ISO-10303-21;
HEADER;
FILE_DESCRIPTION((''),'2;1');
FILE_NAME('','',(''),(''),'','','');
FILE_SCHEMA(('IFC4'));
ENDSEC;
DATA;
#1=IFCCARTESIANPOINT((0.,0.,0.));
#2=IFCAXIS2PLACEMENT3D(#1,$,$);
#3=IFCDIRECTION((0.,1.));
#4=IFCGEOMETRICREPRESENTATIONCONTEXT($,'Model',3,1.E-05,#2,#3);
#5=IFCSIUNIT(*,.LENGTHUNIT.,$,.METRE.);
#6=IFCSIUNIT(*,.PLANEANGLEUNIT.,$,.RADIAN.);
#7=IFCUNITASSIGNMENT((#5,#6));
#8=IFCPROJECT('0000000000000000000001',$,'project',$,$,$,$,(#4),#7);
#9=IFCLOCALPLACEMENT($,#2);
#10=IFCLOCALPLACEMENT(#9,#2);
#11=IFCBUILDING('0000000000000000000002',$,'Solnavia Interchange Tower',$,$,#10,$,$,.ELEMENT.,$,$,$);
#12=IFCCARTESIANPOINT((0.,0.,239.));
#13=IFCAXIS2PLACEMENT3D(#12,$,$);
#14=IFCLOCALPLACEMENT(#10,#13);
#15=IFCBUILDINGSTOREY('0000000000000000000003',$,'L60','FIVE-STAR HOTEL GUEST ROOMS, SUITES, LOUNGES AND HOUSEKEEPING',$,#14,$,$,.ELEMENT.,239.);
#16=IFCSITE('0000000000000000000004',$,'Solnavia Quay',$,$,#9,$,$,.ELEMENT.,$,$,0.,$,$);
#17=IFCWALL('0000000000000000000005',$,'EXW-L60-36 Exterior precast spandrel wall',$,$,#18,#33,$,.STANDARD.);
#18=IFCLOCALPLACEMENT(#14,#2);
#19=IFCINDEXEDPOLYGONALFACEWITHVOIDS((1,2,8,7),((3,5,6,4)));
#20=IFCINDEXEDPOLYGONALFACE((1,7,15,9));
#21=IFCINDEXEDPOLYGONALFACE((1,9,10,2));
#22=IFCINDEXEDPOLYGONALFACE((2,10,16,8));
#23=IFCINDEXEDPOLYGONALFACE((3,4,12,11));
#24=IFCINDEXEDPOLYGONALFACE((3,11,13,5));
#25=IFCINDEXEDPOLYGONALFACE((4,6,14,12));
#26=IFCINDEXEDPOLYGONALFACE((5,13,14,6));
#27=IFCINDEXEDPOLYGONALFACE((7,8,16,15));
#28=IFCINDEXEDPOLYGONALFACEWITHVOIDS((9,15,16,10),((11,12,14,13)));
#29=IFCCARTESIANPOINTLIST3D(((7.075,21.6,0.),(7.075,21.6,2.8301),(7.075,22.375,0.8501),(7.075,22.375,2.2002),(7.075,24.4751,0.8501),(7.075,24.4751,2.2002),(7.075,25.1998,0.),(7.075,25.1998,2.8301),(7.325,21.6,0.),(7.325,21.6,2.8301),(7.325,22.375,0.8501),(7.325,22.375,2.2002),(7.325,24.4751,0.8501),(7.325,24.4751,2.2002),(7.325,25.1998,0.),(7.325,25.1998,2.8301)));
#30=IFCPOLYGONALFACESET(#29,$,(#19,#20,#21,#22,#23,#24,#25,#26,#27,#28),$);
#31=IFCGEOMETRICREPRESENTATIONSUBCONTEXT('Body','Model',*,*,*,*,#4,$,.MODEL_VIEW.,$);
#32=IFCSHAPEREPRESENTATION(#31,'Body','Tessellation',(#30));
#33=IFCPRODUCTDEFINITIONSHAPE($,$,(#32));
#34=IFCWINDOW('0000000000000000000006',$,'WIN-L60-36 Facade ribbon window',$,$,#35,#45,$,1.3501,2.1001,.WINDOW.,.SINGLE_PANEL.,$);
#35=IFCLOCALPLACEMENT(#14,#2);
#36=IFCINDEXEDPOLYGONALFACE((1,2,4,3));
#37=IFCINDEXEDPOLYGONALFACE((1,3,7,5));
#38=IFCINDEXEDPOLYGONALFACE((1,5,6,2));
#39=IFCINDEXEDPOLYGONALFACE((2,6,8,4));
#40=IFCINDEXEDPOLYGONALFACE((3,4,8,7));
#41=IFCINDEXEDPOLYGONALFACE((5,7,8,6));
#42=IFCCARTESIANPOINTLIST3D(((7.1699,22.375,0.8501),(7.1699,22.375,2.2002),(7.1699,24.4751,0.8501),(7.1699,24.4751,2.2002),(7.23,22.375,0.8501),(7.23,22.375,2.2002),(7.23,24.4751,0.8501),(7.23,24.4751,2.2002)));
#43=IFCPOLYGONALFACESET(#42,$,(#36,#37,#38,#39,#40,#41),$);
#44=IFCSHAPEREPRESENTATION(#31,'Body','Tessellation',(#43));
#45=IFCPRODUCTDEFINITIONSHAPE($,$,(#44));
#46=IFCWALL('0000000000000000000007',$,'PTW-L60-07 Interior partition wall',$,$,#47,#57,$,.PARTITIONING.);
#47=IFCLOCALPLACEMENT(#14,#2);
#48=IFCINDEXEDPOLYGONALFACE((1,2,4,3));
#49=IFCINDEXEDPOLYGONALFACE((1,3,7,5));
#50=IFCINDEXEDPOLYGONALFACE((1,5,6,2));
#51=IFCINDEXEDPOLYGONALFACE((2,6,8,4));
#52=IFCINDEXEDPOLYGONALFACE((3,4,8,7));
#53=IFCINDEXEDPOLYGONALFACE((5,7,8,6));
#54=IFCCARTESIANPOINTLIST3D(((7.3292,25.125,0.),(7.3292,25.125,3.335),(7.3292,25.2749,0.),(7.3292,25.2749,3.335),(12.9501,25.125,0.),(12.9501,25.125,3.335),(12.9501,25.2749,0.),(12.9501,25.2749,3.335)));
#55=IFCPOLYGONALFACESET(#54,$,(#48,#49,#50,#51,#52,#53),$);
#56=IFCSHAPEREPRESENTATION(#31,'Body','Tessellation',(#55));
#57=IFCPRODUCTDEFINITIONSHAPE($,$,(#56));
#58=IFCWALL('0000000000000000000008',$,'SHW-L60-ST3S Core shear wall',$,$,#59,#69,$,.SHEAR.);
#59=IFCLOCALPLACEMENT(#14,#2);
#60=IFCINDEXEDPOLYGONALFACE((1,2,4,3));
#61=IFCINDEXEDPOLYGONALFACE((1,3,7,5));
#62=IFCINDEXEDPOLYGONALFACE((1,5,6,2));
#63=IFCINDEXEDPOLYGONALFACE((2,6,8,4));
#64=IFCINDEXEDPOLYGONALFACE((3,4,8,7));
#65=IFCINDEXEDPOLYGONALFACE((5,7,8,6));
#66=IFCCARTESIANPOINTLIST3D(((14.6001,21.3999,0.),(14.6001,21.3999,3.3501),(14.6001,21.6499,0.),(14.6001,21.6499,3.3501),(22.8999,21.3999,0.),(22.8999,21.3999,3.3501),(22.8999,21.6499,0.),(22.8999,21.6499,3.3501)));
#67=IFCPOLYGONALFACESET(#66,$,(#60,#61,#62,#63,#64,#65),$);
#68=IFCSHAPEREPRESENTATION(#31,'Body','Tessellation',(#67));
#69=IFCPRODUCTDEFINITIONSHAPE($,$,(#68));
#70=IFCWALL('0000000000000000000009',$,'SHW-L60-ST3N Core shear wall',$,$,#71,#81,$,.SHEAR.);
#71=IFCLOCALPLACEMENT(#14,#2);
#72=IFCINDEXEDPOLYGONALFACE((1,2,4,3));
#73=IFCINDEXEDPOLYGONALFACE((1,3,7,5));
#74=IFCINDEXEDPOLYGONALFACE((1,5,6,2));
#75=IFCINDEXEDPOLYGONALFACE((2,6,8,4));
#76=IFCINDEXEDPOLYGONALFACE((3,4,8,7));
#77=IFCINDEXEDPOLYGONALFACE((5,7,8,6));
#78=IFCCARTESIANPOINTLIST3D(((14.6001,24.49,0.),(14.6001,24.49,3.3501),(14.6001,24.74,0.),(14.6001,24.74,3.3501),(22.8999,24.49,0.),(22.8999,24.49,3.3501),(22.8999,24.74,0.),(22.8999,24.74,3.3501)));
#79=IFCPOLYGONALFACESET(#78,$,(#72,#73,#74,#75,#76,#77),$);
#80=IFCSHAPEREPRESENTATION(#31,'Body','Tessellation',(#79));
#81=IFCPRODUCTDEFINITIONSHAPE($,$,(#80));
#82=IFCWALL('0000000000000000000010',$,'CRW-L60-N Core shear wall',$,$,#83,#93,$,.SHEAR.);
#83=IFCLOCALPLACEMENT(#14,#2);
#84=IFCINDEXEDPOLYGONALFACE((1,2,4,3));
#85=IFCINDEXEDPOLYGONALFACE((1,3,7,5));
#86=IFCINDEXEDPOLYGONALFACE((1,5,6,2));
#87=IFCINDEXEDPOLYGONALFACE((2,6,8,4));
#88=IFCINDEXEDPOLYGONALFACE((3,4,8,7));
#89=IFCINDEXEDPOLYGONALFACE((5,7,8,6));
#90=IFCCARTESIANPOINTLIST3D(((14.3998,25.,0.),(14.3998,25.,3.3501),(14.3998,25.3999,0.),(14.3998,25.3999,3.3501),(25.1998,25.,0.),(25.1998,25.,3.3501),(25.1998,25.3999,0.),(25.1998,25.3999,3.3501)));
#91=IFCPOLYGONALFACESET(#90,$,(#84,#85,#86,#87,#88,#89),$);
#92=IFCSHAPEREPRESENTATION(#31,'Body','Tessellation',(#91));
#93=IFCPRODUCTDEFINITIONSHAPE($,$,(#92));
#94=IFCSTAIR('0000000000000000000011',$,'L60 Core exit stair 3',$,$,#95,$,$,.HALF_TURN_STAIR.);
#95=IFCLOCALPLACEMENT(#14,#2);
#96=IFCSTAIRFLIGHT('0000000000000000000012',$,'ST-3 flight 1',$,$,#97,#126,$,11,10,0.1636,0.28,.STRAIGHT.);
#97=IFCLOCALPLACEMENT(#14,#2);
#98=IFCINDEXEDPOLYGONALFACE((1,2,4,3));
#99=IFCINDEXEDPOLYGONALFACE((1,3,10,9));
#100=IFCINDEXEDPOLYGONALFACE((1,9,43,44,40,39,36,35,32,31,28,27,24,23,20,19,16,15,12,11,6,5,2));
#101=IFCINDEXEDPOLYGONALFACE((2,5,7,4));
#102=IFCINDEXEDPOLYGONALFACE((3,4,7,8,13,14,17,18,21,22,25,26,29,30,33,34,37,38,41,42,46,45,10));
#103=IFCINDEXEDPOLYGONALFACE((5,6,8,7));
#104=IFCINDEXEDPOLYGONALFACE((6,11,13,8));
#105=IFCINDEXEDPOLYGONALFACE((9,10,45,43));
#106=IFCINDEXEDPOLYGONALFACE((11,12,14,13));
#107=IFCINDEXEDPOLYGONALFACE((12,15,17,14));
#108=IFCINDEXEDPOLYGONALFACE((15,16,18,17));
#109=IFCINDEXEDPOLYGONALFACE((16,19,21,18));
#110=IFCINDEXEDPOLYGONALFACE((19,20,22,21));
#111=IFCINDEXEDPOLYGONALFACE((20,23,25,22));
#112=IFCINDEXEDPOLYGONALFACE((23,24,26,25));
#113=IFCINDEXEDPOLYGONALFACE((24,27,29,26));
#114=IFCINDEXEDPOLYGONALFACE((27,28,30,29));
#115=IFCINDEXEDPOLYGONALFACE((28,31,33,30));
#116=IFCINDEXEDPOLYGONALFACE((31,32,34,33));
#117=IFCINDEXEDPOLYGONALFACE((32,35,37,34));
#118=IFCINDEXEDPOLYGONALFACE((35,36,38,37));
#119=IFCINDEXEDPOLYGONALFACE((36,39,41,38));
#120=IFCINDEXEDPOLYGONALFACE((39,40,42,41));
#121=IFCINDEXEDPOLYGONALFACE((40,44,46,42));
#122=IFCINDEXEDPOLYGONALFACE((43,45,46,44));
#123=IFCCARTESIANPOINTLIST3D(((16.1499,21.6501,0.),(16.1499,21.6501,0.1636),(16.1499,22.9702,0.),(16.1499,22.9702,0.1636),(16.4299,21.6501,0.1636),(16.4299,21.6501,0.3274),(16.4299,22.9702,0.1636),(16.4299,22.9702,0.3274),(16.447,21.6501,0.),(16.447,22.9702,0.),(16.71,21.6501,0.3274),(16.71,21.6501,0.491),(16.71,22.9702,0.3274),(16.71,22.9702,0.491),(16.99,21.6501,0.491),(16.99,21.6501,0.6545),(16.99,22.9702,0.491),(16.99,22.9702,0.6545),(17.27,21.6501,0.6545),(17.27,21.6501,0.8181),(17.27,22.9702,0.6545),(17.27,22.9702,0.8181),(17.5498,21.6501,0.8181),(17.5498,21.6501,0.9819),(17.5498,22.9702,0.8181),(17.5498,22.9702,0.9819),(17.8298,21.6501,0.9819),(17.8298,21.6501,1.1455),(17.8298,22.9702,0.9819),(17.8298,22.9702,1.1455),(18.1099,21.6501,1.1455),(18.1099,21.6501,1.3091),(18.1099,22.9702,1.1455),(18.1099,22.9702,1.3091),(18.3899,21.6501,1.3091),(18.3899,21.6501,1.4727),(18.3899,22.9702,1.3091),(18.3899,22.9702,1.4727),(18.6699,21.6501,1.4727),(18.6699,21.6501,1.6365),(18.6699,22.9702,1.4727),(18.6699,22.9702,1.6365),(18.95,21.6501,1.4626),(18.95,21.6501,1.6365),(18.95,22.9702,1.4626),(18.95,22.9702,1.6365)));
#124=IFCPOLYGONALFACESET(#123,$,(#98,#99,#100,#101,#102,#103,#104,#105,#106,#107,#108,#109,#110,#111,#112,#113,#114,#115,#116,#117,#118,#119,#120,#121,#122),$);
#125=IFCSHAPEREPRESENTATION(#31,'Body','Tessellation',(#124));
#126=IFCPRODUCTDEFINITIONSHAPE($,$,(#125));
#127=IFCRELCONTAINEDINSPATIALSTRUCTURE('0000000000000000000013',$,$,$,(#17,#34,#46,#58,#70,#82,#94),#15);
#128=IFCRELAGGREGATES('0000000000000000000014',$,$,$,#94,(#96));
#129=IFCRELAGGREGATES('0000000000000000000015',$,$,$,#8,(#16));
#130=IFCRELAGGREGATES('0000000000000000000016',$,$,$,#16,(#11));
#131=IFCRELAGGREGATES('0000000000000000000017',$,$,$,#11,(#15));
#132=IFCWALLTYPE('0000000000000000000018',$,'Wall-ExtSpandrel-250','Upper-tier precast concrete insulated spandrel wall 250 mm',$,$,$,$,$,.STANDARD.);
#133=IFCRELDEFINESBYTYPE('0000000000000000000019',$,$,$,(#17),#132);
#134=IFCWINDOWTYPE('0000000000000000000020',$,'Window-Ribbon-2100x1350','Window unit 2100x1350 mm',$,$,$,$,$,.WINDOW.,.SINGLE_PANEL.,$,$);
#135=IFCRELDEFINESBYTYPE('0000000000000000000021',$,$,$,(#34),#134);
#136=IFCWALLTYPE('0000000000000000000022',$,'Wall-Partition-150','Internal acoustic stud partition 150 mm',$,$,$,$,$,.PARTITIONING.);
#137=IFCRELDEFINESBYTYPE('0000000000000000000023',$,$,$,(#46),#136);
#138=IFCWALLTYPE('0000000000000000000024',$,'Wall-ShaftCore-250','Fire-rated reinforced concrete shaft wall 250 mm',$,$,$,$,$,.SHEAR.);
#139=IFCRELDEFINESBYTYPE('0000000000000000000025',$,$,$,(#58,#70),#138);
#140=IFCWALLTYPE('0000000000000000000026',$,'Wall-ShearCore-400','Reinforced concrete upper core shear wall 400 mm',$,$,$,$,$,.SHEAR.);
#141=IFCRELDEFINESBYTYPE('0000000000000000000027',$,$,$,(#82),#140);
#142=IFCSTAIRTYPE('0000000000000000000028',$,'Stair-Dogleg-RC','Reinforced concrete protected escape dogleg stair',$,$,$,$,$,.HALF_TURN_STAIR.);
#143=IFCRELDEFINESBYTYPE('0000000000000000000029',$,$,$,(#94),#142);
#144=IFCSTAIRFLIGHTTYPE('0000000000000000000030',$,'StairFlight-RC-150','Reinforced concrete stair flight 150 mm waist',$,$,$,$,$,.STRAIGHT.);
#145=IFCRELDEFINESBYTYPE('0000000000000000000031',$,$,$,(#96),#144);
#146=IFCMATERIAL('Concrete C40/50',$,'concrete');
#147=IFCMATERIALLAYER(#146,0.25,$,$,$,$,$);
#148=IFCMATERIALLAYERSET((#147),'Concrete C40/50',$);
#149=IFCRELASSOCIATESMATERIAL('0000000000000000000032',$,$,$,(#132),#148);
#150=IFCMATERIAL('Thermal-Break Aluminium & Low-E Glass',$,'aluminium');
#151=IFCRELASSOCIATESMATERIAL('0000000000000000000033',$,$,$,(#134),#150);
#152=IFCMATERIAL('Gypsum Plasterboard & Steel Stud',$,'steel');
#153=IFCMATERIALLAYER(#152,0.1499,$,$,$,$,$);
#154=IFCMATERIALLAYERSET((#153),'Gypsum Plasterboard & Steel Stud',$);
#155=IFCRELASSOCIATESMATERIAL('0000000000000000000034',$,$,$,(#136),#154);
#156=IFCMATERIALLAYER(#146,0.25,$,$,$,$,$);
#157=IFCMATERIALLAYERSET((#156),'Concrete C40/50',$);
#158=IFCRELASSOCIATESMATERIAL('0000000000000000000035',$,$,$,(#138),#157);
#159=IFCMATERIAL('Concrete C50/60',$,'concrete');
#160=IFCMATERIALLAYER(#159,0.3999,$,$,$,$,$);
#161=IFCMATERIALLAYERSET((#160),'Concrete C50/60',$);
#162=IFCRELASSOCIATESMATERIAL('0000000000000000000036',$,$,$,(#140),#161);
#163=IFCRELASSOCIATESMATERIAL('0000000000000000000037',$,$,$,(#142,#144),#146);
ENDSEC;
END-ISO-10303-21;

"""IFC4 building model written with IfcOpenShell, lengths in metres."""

from ifc_helpers import new_model, si_unit, direction, frame, frame_2d, origin, place, context, subcontext, project, spatial, polyline, rectangle, outline, extrude, material, layer, layer_set, type_object, element, fill, aggregate, save


model = new_model("IFC4")

# Units and contexts
model_context = context("Model", 3, precision=1e-05, world=origin(), true_north=direction((0.0, 1.0)))
body_context = subcontext(model_context, "Body", "Model", "MODEL_VIEW")
ifc_project = project(units=[si_unit("LENGTHUNIT", "METRE"), si_unit("PLANEANGLEUNIT", "RADIAN")], contexts=[model_context])

# Site, building, storey
site_placement = place(None, origin())
site = spatial("IfcSite", under=ifc_project, at=site_placement, Name="Solnavia Quay", CompositionType="ELEMENT", RefElevation=0.0)
building_placement = place(site_placement, origin())
building = spatial("IfcBuilding", under=site, at=building_placement, Name="Solnavia Interchange Tower", CompositionType="ELEMENT")
storey_placement = place(building_placement, frame((0.0, 0.0, 239.0)))
storey = spatial("IfcBuildingStorey", under=building, at=storey_placement, Name="L60", Description="FIVE-STAR HOTEL GUEST ROOMS, SUITES, LOUNGES AND HOUSEKEEPING", CompositionType="ELEMENT", Elevation=239.0)

# Shared definitions
ifc_material_1 = material(Name="Concrete C50/60", Category="concrete")

# Shared definitions
ifc_material_2 = material(Name="Concrete C40/50", Category="concrete")
ifc_layer_1 = layer(ifc_material_2, 0.25)
ifc_layer_set_1 = layer_set([ifc_layer_1], Name="Concrete C40/50")
wall_type_1 = type_object("IfcWallType", Name="Wall-ExtSpandrel-250", Description="Upper-tier precast concrete insulated spandrel wall 250 mm", PredefinedType="STANDARD", material=ifc_layer_set_1)

# Wall, opening, window
wall_1_placement = place(storey_placement, frame((7.2, 21.6001, 0.0), z_axis=(0.0, 0.0, 1.0), x_axis=(0.0, 1.0, 0.0)))
wall_1 = element("IfcWall", 1, at=wall_1_placement, inside=storey, type_object=wall_type_1, Name="EXW-L60-36 Exterior precast spandrel wall", PredefinedType="STANDARD", context=body_context, shape_type="SweptSolid", body=[
    extrude(rectangle(XDim=3.5999, YDim=0.25, at=frame_2d((1.7998, 0.0))), origin(), (0.0, 0.0, 1.0), 2.8301),
])
opening_placement = place(wall_1_placement, frame((0.7749, 0.0, 0.8501)))
opening = element("IfcOpeningElement", 2, at=opening_placement, cuts=wall_1, PredefinedType="OPENING", context=body_context, shape_type="SweptSolid", body=[
    extrude(rectangle(XDim=2.1001, YDim=1.3501, at=frame_2d((1.05, 0.675))), frame((0.0, 0.135, 0.0), z_axis=(0.0, -1.0, 0.0), x_axis=(1.0, 0.0, 0.0)), (0.0, 0.0, 1.0), 0.27),
])
ifc_material_3 = material(Name="Thermal-Break Aluminium & Low-E Glass", Category="aluminium")
window_type = type_object("IfcWindowType", Name="Window-Ribbon-2100x1350", Description="Window unit 2100x1350 mm", PartitioningType="SINGLE_PANEL", PredefinedType="WINDOW", material=ifc_material_3)
window_placement = place(opening_placement, origin())
window = element("IfcWindow", 3, at=window_placement, inside=storey, type_object=window_type, Name="WIN-L60-36 Facade ribbon window", OverallHeight=1.3501, OverallWidth=2.1001, PartitioningType="SINGLE_PANEL", PredefinedType="WINDOW", context=body_context, shape_type="SweptSolid", body=[
    extrude(rectangle(XDim=2.1001, YDim=1.3501, at=frame_2d((1.05, 0.675))), frame((0.0, 0.03, 0.0), z_axis=(0.0, -1.0, 0.0), x_axis=(1.0, 0.0, 0.0)), (0.0, 0.0, 1.0), 0.0601),
])
fill(opening, window)

# Walls
ifc_material_4 = material(Name="Gypsum Plasterboard & Steel Stud", Category="steel")
ifc_layer_2 = layer(ifc_material_4, 0.1499)
ifc_layer_set_2 = layer_set([ifc_layer_2], Name="Gypsum Plasterboard & Steel Stud")
wall_type_2 = type_object("IfcWallType", Name="Wall-Partition-150", Description="Internal acoustic stud partition 150 mm", PredefinedType="PARTITIONING", material=ifc_layer_set_2)
wall_2_placement = place(storey_placement, frame((7.3291, 25.2, 0.0), z_axis=(0.0, 0.0, 1.0), x_axis=(1.0, 0.0, 0.0)))
element("IfcWall", 4, at=wall_2_placement, inside=storey, type_object=wall_type_2, Name="PTW-L60-07 Interior partition wall", PredefinedType="PARTITIONING", context=body_context, shape_type="SweptSolid", body=[
    extrude(rectangle(XDim=5.6208, YDim=0.1499, at=frame_2d((2.8105, 0.0))), origin(), (0.0, 0.0, 1.0), 3.335),
])
ifc_layer_3 = layer(ifc_material_2, 0.25)
ifc_layer_set_3 = layer_set([ifc_layer_3], Name="Concrete C40/50")
wall_type_3 = type_object("IfcWallType", Name="Wall-ShaftCore-250", Description="Fire-rated reinforced concrete shaft wall 250 mm", PredefinedType="SHEAR", material=ifc_layer_set_3)
for number, where, z_axis, x_axis, name in (
    (5, (14.6001, 21.5249, 0.0), (0.0, 0.0, 1.0), (1.0, 0.0, 0.0), "SHW-L60-ST3S Core shear wall"),
    (6, (14.6001, 24.615, 0.0), (0.0, 0.0, 1.0), (1.0, 0.0, 0.0), "SHW-L60-ST3N Core shear wall"),
):
    element("IfcWall", number, at=place(storey_placement, frame(where, z_axis=z_axis, x_axis=x_axis)), inside=storey, type_object=wall_type_3, Name=name, PredefinedType="SHEAR", context=body_context, shape_type="SweptSolid", body=[
        extrude(rectangle(XDim=8.2998, YDim=0.25, at=frame_2d((4.1499, 0.0))), origin(), (0.0, 0.0, 1.0), 3.3501),
    ])
ifc_layer_4 = layer(ifc_material_1, 0.3999)
ifc_layer_set_4 = layer_set([ifc_layer_4], Name="Concrete C50/60")
wall_type_4 = type_object("IfcWallType", Name="Wall-ShearCore-400", Description="Reinforced concrete upper core shear wall 400 mm", PredefinedType="SHEAR", material=ifc_layer_set_4)
wall_3_placement = place(storey_placement, frame((14.3999, 25.2, 0.0), z_axis=(0.0, 0.0, 1.0), x_axis=(1.0, 0.0, 0.0)))
element("IfcWall", 7, at=wall_3_placement, inside=storey, type_object=wall_type_4, Name="CRW-L60-N Core shear wall", PredefinedType="SHEAR", context=body_context, shape_type="SweptSolid", body=[
    extrude(rectangle(XDim=10.8, YDim=0.3999, at=frame_2d((5.3999, 0.0))), origin(), (0.0, 0.0, 1.0), 3.3501),
])

# Stair, stair flight
stair_type = type_object("IfcStairType", Name="Stair-Dogleg-RC", Description="Reinforced concrete protected escape dogleg stair", PredefinedType="HALF_TURN_STAIR", material=ifc_material_2)
stair_placement = place(storey_placement, origin())
stair = element("IfcStair", 8, at=stair_placement, inside=storey, type_object=stair_type, Name="L60 Core exit stair 3", PredefinedType="HALF_TURN_STAIR")
stair_flight_type = type_object("IfcStairFlightType", Name="StairFlight-RC-150", Description="Reinforced concrete stair flight 150 mm waist", PredefinedType="STRAIGHT", material=ifc_material_2)
stair_flight_placement = place(storey_placement, frame((16.1499, 22.3101, 0.0), z_axis=(0.0, 0.0, 1.0), x_axis=(1.0, 0.0, 0.0)))
stair_flight = element("IfcStairFlight", 9, at=stair_flight_placement, type_object=stair_flight_type, Name="ST-3 flight 1", NumberOfRisers=11, NumberOfTreads=10, PredefinedType="STRAIGHT", RiserHeight=0.1636, TreadLength=0.28, context=body_context, shape_type="SweptSolid", body=[
    extrude(outline(polyline([(0.0, 0.0), (0.0, 0.1636), (0.28, 0.1636), (0.28, 0.3274), (0.5601, 0.3274), (0.5601, 0.491), (0.8401, 0.491), (0.8401, 0.6545), (1.1201, 0.6545), (1.1201, 0.8181), (1.3999, 0.8181), (1.3999, 0.9819), (1.6799, 0.9819), (1.6799, 1.1455), (1.96, 1.1455), (1.96, 1.3091), (2.24, 1.3091), (2.24, 1.4727), (2.52, 1.4727), (2.52, 1.6365), (2.8, 1.6365), (2.8, 1.8), (2.8, 1.4626), (0.2971, 0.0), (0.0, 0.0)])), frame((0.0, 0.6602, 0.0), z_axis=(0.0, -1.0, 0.0), x_axis=(1.0, 0.0, 0.0)), (0.0, 0.0, 1.0), 1.3201),
])
aggregate(stair, [stair_flight])

save(model, "model.ifc")
